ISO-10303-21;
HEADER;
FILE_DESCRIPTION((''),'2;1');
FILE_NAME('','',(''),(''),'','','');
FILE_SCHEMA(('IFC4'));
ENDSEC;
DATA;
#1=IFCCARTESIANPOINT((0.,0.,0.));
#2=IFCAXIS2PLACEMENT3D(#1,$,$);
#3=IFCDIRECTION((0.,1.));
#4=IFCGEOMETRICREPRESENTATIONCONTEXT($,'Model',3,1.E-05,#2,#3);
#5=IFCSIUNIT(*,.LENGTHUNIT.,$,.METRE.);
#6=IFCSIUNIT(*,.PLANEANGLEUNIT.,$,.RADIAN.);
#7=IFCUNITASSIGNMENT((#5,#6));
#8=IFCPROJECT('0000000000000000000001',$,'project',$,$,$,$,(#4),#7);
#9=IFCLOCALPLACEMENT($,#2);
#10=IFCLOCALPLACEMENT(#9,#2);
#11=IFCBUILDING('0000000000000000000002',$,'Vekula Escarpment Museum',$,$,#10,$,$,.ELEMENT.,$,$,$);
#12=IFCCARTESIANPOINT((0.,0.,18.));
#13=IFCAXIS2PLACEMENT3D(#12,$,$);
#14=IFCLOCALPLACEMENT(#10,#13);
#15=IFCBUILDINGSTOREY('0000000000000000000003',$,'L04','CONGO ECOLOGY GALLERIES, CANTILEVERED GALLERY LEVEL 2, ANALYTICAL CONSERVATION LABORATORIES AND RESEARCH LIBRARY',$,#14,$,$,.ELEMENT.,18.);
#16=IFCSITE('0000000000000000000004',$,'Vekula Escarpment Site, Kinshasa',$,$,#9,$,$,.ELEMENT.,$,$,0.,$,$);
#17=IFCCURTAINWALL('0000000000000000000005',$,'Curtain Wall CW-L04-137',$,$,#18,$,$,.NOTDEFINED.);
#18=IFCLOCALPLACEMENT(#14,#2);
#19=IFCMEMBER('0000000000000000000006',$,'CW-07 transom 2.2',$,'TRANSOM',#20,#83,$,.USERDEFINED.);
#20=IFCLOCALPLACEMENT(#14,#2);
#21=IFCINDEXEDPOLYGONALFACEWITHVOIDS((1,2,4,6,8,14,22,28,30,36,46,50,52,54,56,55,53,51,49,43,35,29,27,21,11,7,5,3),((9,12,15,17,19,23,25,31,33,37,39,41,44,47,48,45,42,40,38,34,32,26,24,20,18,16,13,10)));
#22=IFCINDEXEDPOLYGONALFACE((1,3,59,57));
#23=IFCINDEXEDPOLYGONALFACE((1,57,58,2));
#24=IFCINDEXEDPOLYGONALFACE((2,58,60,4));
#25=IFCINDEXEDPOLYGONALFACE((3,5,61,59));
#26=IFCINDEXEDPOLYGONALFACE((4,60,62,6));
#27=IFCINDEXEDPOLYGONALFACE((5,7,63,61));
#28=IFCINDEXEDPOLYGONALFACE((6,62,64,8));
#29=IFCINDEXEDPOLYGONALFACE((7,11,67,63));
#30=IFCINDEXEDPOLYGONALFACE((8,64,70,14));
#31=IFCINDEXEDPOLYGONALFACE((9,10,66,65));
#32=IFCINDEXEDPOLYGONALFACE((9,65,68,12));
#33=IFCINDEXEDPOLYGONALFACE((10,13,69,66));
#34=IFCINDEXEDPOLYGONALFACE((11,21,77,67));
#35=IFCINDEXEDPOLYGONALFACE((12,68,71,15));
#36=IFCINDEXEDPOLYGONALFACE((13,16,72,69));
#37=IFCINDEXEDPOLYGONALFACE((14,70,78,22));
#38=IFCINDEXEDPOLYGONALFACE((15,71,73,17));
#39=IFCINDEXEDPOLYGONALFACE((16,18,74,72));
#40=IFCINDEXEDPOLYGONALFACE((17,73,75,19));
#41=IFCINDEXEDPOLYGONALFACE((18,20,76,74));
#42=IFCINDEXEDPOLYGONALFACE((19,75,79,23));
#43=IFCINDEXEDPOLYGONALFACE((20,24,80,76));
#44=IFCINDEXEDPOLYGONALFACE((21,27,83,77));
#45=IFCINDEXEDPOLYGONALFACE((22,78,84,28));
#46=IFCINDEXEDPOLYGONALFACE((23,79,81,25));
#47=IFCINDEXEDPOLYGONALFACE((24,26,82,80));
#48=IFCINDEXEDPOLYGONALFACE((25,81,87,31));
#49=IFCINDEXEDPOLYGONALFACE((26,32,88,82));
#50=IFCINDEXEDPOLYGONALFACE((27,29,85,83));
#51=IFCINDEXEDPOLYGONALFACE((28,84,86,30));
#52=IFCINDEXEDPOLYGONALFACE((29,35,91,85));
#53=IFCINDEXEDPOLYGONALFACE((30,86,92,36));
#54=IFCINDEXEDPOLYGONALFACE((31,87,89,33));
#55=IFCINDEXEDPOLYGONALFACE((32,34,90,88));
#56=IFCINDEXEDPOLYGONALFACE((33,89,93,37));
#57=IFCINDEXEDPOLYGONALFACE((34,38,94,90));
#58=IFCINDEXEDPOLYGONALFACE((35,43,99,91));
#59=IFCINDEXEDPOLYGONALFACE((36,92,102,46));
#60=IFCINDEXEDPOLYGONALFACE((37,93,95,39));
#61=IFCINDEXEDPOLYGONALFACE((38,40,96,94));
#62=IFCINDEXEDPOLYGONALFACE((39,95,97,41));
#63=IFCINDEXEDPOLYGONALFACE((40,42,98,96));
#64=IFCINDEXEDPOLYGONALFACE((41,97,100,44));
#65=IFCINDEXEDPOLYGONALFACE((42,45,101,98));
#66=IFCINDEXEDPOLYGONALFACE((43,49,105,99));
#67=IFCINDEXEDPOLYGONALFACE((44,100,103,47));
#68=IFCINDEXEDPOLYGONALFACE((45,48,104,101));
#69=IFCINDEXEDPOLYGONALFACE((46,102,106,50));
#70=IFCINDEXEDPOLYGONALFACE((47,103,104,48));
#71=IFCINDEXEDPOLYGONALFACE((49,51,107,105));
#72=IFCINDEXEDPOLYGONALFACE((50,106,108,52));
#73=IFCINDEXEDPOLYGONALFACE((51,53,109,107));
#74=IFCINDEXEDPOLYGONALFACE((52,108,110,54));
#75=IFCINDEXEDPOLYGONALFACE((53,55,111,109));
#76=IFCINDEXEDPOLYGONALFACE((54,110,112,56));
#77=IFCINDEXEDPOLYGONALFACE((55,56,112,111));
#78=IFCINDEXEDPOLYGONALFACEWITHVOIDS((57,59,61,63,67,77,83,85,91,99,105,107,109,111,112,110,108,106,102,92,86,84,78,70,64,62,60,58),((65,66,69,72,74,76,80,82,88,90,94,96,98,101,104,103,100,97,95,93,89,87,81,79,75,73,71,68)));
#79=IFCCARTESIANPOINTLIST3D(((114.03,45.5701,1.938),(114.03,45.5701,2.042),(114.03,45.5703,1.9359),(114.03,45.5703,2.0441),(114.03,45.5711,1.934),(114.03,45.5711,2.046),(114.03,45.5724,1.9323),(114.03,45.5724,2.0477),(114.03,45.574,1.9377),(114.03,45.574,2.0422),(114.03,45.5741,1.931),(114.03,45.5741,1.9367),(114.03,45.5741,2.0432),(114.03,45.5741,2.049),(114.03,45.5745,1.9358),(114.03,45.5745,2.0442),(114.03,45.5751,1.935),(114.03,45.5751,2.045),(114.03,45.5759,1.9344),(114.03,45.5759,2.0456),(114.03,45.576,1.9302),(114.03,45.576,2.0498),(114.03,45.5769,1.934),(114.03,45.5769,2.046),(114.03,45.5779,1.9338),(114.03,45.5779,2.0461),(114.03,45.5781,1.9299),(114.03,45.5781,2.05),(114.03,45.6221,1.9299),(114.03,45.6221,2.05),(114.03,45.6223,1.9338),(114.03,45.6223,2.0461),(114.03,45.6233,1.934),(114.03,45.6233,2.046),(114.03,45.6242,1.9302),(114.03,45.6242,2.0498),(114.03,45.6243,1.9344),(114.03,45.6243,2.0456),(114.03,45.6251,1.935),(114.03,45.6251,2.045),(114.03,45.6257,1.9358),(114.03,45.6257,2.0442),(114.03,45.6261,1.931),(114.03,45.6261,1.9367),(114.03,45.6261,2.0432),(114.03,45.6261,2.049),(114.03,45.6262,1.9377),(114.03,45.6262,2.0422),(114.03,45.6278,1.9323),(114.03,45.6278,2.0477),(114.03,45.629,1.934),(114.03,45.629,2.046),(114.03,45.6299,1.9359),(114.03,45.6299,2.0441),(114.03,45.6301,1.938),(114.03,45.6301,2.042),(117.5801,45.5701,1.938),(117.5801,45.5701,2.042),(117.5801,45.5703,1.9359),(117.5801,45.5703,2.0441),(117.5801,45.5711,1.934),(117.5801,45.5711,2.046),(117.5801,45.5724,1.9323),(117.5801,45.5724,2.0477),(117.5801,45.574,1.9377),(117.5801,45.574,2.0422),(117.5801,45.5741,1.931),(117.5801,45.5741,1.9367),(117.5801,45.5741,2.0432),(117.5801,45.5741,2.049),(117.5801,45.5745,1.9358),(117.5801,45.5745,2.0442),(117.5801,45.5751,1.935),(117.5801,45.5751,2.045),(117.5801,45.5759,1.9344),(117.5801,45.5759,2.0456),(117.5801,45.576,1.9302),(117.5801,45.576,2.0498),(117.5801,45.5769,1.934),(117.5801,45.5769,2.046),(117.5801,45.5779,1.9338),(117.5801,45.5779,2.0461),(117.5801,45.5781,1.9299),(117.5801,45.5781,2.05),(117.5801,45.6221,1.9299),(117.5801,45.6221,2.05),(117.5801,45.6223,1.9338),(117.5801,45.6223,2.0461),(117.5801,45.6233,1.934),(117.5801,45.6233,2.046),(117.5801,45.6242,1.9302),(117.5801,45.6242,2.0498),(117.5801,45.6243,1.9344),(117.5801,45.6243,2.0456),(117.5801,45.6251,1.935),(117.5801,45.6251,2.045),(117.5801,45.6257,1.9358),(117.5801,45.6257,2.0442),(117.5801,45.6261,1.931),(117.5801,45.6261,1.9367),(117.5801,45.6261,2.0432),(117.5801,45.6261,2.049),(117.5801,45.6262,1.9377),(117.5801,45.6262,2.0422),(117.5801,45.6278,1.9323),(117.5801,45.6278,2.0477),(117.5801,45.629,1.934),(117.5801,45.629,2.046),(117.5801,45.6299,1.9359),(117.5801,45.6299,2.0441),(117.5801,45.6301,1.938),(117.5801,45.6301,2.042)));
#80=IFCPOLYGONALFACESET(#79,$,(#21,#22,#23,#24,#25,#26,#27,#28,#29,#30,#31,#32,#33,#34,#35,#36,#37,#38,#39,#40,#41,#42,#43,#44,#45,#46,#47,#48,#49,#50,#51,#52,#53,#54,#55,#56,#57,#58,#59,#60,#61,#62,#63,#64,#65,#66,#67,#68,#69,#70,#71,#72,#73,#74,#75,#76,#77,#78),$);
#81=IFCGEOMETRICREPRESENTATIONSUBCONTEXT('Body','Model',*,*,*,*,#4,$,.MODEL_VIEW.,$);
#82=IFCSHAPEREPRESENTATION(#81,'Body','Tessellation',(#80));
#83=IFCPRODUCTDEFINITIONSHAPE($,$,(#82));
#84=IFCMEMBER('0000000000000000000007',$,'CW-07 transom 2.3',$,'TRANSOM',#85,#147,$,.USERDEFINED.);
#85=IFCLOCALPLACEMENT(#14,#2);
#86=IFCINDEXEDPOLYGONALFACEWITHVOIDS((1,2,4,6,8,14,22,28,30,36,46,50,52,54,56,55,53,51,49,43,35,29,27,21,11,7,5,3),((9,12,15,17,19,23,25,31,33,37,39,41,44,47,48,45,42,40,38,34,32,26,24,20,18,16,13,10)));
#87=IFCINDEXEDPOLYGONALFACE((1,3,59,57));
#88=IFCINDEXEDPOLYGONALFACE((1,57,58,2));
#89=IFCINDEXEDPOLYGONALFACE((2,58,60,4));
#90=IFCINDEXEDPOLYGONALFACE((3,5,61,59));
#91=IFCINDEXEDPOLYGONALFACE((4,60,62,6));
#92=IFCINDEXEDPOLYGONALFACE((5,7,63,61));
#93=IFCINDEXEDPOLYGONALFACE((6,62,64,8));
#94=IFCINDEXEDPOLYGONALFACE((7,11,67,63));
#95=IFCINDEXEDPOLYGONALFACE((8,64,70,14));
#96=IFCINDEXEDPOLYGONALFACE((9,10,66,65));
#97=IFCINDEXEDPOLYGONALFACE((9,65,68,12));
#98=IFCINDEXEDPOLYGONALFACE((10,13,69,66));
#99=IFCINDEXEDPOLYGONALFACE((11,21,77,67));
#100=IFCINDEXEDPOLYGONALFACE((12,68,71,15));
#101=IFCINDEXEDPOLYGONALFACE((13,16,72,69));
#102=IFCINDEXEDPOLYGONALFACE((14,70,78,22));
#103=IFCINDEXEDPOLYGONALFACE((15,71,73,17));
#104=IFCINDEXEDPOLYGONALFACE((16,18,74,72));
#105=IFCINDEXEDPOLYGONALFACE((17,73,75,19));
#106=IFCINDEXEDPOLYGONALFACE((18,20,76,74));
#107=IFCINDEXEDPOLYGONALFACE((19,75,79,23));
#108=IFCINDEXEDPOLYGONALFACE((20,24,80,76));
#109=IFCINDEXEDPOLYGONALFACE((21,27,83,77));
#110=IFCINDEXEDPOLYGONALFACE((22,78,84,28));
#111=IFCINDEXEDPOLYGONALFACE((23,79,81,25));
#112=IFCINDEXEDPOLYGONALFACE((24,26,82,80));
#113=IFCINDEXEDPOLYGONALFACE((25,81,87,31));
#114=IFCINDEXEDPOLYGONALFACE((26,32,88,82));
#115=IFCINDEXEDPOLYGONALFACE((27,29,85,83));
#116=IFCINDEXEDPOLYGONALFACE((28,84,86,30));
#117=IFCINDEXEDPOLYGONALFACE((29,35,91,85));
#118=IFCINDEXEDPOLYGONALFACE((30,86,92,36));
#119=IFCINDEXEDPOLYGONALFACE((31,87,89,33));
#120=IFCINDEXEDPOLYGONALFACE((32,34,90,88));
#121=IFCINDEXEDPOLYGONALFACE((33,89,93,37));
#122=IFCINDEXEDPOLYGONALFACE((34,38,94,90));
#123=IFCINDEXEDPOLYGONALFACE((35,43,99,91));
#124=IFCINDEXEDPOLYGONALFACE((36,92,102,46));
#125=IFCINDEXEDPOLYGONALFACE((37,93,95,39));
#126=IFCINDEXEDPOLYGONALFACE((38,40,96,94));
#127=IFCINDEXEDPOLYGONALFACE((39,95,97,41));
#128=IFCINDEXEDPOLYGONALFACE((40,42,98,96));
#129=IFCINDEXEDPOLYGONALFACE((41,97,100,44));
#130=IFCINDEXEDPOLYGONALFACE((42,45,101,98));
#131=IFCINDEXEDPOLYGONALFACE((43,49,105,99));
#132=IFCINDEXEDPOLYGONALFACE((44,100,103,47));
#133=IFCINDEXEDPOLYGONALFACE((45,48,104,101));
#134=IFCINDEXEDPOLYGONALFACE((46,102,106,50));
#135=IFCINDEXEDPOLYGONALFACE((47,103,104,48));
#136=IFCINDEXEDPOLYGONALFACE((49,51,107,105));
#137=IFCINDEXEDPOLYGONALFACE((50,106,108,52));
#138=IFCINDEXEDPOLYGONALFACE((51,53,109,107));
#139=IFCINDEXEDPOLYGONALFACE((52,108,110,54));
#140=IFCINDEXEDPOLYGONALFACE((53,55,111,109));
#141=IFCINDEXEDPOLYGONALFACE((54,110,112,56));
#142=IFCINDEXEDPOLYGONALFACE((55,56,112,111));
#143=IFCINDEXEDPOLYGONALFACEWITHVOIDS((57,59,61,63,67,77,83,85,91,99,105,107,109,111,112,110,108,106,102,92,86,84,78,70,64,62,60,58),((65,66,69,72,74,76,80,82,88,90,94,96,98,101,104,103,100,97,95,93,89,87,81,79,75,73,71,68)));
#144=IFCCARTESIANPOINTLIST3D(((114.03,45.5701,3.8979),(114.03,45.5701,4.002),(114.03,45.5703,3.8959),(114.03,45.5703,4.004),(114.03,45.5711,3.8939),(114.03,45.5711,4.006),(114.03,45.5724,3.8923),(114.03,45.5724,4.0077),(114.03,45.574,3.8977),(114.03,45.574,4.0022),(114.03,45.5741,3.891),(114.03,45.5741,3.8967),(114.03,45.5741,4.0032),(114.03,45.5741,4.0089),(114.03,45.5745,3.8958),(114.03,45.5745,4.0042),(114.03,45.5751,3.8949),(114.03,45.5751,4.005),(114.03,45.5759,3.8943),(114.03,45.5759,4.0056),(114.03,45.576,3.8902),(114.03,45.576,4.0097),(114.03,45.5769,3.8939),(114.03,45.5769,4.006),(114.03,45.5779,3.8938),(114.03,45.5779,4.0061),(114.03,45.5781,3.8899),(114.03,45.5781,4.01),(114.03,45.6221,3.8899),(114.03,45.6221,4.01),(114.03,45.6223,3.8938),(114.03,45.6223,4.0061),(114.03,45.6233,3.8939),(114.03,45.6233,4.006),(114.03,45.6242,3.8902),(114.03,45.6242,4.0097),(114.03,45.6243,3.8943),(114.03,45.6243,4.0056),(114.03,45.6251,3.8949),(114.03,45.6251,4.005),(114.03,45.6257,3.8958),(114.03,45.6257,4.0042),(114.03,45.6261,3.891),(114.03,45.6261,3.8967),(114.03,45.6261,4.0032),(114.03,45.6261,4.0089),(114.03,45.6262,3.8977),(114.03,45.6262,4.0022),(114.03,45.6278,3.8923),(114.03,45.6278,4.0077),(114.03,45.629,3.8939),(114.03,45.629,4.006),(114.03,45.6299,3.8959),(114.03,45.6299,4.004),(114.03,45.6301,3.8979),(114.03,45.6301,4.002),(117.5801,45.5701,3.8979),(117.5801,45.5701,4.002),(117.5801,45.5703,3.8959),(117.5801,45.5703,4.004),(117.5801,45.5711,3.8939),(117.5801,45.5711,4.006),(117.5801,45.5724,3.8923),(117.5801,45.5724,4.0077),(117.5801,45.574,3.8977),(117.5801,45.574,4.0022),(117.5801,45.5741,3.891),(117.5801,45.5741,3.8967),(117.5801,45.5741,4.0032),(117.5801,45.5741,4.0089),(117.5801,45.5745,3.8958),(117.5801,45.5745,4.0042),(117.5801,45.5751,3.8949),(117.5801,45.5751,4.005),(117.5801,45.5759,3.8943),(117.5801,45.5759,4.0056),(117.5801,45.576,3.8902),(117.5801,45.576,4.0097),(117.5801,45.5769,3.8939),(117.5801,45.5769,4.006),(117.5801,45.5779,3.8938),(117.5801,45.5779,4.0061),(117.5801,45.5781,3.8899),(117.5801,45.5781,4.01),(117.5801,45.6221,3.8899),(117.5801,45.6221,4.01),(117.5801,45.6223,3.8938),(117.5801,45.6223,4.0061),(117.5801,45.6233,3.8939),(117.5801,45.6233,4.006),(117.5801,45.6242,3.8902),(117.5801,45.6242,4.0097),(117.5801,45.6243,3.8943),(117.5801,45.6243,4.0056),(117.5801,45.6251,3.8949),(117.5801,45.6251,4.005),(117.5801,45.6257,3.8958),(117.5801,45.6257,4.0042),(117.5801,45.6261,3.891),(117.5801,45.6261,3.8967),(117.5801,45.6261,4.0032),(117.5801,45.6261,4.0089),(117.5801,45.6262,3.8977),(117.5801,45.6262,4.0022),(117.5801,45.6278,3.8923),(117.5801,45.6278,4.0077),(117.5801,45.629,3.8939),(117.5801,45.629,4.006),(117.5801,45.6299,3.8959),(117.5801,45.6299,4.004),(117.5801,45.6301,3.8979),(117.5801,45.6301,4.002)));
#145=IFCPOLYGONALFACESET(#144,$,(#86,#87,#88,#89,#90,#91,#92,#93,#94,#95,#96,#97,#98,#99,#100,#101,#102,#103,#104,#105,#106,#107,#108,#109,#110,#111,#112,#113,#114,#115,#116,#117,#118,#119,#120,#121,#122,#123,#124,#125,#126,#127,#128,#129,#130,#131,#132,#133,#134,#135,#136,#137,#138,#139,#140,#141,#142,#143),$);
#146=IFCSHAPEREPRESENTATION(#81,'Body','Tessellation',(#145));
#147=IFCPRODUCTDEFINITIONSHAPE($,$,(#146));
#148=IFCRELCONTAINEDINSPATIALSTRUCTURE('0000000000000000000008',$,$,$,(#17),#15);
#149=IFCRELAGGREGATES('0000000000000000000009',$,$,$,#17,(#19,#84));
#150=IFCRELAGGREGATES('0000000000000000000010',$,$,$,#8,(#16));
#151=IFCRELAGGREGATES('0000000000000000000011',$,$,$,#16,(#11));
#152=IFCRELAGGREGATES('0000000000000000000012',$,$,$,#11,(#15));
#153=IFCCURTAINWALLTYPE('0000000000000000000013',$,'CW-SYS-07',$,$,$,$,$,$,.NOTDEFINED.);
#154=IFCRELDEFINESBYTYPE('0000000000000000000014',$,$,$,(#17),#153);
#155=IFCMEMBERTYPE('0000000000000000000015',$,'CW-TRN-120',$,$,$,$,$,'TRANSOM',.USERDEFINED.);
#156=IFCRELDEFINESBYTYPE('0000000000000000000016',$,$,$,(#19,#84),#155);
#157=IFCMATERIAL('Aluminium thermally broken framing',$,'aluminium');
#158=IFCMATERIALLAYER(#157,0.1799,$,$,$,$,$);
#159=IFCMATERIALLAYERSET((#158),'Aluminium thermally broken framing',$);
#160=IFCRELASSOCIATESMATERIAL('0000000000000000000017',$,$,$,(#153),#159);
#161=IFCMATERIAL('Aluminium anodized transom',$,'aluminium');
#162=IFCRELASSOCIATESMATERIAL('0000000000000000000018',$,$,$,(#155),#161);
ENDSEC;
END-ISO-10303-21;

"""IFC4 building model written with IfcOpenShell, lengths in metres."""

from ifc_helpers import new_model, si_unit, direction, frame, origin, origin_2d, place, context, subcontext, project, spatial, hollow_rectangle, extrude, material, layer, layer_set, material_profile, profile_set, type_object, element, aggregate, save


model = new_model("IFC4")

# Units and contexts
model_context = context("Model", 3, precision=1e-05, world=origin(), true_north=direction((0.0, 1.0)))
body_context = subcontext(model_context, "Body", "Model", "MODEL_VIEW")
ifc_project = project(units=[si_unit("LENGTHUNIT", "METRE"), si_unit("PLANEANGLEUNIT", "RADIAN")], contexts=[model_context])

# Site, building, storey
site_placement = place(None, origin())
site = spatial("IfcSite", under=ifc_project, at=site_placement, Name="Vekula Escarpment Site, Kinshasa", CompositionType="ELEMENT", RefElevation=0.0)
building_placement = place(site_placement, origin())
building = spatial("IfcBuilding", under=site, at=building_placement, Name="Vekula Escarpment Museum", CompositionType="ELEMENT")
storey_placement = place(building_placement, frame((0.0, 0.0, 18.0)))
storey = spatial("IfcBuildingStorey", under=building, at=storey_placement, Name="L04", Description="CONGO ECOLOGY GALLERIES, CANTILEVERED GALLERY LEVEL 2, ANALYTICAL CONSERVATION LABORATORIES AND RESEARCH LIBRARY", CompositionType="ELEMENT", Elevation=18.0)

# Curtain wall, members
ifc_material_1 = material(Name="Aluminium thermally broken framing", Category="aluminium")
ifc_layer_1 = layer(ifc_material_1, 0.1799)
ifc_layer_set_1 = layer_set([ifc_layer_1], Name="Aluminium thermally broken framing")
curtain_wall_type_1 = type_object("IfcCurtainWallType", Name="CW-SYS-07", PredefinedType="NOTDEFINED", material=ifc_layer_set_1)
curtain_wall_1_placement = place(storey_placement, origin())
curtain_wall_1 = element("IfcCurtainWall", 1, at=curtain_wall_1_placement, inside=storey, type_object=curtain_wall_type_1, Name="Curtain Wall CW-L04-137", PredefinedType="NOTDEFINED")
ifc_material_2 = material(Name="Aluminium anodized transom", Category="aluminium")
ifc_material_profile_1 = material_profile(ifc_material_2, hollow_rectangle(XDim=0.0601, YDim=0.1201, WallThickness=0.0039, InnerFilletRadius=0.0039, OuterFilletRadius=0.0081, at=origin_2d()), Name="ALU 120x60x4")
ifc_profile_set_1 = profile_set([ifc_material_profile_1], Name="Aluminium anodized transom")
member_type_1 = type_object("IfcMemberType", Name="CW-TRN-120", ElementType="TRANSOM", PredefinedType="USERDEFINED", material=ifc_profile_set_1)
member_1_placement = place(storey_placement, frame((114.03, 45.6001, 1.99), z_axis=(1.0, 0.0, 0.0), x_axis=(0.0, 1.0, 0.0)))
member_1 = element("IfcMember", 2, at=member_1_placement, type_object=member_type_1, Name="CW-07 transom 2.2", ObjectType="TRANSOM", PredefinedType="USERDEFINED", context=body_context, shape_type="SweptSolid", body=[
    extrude(hollow_rectangle(XDim=0.0601, YDim=0.1201, WallThickness=0.0039, InnerFilletRadius=0.0039, OuterFilletRadius=0.0081, at=origin_2d()), origin(), (0.0, 0.0, 1.0), 3.55),
])
member_2_placement = place(storey_placement, frame((114.03, 45.6001, 3.95), z_axis=(1.0, 0.0, 0.0), x_axis=(0.0, 1.0, 0.0)))
member_2 = element("IfcMember", 3, at=member_2_placement, type_object=member_type_1, Name="CW-07 transom 2.3", ObjectType="TRANSOM", PredefinedType="USERDEFINED", context=body_context, shape_type="SweptSolid", body=[
    extrude(hollow_rectangle(XDim=0.0601, YDim=0.1201, WallThickness=0.0039, InnerFilletRadius=0.0039, OuterFilletRadius=0.0081, at=origin_2d()), origin(), (0.0, 0.0, 1.0), 3.55),
])

aggregate(curtain_wall_1, [member_1, member_2])

save(model, "model.ifc")
